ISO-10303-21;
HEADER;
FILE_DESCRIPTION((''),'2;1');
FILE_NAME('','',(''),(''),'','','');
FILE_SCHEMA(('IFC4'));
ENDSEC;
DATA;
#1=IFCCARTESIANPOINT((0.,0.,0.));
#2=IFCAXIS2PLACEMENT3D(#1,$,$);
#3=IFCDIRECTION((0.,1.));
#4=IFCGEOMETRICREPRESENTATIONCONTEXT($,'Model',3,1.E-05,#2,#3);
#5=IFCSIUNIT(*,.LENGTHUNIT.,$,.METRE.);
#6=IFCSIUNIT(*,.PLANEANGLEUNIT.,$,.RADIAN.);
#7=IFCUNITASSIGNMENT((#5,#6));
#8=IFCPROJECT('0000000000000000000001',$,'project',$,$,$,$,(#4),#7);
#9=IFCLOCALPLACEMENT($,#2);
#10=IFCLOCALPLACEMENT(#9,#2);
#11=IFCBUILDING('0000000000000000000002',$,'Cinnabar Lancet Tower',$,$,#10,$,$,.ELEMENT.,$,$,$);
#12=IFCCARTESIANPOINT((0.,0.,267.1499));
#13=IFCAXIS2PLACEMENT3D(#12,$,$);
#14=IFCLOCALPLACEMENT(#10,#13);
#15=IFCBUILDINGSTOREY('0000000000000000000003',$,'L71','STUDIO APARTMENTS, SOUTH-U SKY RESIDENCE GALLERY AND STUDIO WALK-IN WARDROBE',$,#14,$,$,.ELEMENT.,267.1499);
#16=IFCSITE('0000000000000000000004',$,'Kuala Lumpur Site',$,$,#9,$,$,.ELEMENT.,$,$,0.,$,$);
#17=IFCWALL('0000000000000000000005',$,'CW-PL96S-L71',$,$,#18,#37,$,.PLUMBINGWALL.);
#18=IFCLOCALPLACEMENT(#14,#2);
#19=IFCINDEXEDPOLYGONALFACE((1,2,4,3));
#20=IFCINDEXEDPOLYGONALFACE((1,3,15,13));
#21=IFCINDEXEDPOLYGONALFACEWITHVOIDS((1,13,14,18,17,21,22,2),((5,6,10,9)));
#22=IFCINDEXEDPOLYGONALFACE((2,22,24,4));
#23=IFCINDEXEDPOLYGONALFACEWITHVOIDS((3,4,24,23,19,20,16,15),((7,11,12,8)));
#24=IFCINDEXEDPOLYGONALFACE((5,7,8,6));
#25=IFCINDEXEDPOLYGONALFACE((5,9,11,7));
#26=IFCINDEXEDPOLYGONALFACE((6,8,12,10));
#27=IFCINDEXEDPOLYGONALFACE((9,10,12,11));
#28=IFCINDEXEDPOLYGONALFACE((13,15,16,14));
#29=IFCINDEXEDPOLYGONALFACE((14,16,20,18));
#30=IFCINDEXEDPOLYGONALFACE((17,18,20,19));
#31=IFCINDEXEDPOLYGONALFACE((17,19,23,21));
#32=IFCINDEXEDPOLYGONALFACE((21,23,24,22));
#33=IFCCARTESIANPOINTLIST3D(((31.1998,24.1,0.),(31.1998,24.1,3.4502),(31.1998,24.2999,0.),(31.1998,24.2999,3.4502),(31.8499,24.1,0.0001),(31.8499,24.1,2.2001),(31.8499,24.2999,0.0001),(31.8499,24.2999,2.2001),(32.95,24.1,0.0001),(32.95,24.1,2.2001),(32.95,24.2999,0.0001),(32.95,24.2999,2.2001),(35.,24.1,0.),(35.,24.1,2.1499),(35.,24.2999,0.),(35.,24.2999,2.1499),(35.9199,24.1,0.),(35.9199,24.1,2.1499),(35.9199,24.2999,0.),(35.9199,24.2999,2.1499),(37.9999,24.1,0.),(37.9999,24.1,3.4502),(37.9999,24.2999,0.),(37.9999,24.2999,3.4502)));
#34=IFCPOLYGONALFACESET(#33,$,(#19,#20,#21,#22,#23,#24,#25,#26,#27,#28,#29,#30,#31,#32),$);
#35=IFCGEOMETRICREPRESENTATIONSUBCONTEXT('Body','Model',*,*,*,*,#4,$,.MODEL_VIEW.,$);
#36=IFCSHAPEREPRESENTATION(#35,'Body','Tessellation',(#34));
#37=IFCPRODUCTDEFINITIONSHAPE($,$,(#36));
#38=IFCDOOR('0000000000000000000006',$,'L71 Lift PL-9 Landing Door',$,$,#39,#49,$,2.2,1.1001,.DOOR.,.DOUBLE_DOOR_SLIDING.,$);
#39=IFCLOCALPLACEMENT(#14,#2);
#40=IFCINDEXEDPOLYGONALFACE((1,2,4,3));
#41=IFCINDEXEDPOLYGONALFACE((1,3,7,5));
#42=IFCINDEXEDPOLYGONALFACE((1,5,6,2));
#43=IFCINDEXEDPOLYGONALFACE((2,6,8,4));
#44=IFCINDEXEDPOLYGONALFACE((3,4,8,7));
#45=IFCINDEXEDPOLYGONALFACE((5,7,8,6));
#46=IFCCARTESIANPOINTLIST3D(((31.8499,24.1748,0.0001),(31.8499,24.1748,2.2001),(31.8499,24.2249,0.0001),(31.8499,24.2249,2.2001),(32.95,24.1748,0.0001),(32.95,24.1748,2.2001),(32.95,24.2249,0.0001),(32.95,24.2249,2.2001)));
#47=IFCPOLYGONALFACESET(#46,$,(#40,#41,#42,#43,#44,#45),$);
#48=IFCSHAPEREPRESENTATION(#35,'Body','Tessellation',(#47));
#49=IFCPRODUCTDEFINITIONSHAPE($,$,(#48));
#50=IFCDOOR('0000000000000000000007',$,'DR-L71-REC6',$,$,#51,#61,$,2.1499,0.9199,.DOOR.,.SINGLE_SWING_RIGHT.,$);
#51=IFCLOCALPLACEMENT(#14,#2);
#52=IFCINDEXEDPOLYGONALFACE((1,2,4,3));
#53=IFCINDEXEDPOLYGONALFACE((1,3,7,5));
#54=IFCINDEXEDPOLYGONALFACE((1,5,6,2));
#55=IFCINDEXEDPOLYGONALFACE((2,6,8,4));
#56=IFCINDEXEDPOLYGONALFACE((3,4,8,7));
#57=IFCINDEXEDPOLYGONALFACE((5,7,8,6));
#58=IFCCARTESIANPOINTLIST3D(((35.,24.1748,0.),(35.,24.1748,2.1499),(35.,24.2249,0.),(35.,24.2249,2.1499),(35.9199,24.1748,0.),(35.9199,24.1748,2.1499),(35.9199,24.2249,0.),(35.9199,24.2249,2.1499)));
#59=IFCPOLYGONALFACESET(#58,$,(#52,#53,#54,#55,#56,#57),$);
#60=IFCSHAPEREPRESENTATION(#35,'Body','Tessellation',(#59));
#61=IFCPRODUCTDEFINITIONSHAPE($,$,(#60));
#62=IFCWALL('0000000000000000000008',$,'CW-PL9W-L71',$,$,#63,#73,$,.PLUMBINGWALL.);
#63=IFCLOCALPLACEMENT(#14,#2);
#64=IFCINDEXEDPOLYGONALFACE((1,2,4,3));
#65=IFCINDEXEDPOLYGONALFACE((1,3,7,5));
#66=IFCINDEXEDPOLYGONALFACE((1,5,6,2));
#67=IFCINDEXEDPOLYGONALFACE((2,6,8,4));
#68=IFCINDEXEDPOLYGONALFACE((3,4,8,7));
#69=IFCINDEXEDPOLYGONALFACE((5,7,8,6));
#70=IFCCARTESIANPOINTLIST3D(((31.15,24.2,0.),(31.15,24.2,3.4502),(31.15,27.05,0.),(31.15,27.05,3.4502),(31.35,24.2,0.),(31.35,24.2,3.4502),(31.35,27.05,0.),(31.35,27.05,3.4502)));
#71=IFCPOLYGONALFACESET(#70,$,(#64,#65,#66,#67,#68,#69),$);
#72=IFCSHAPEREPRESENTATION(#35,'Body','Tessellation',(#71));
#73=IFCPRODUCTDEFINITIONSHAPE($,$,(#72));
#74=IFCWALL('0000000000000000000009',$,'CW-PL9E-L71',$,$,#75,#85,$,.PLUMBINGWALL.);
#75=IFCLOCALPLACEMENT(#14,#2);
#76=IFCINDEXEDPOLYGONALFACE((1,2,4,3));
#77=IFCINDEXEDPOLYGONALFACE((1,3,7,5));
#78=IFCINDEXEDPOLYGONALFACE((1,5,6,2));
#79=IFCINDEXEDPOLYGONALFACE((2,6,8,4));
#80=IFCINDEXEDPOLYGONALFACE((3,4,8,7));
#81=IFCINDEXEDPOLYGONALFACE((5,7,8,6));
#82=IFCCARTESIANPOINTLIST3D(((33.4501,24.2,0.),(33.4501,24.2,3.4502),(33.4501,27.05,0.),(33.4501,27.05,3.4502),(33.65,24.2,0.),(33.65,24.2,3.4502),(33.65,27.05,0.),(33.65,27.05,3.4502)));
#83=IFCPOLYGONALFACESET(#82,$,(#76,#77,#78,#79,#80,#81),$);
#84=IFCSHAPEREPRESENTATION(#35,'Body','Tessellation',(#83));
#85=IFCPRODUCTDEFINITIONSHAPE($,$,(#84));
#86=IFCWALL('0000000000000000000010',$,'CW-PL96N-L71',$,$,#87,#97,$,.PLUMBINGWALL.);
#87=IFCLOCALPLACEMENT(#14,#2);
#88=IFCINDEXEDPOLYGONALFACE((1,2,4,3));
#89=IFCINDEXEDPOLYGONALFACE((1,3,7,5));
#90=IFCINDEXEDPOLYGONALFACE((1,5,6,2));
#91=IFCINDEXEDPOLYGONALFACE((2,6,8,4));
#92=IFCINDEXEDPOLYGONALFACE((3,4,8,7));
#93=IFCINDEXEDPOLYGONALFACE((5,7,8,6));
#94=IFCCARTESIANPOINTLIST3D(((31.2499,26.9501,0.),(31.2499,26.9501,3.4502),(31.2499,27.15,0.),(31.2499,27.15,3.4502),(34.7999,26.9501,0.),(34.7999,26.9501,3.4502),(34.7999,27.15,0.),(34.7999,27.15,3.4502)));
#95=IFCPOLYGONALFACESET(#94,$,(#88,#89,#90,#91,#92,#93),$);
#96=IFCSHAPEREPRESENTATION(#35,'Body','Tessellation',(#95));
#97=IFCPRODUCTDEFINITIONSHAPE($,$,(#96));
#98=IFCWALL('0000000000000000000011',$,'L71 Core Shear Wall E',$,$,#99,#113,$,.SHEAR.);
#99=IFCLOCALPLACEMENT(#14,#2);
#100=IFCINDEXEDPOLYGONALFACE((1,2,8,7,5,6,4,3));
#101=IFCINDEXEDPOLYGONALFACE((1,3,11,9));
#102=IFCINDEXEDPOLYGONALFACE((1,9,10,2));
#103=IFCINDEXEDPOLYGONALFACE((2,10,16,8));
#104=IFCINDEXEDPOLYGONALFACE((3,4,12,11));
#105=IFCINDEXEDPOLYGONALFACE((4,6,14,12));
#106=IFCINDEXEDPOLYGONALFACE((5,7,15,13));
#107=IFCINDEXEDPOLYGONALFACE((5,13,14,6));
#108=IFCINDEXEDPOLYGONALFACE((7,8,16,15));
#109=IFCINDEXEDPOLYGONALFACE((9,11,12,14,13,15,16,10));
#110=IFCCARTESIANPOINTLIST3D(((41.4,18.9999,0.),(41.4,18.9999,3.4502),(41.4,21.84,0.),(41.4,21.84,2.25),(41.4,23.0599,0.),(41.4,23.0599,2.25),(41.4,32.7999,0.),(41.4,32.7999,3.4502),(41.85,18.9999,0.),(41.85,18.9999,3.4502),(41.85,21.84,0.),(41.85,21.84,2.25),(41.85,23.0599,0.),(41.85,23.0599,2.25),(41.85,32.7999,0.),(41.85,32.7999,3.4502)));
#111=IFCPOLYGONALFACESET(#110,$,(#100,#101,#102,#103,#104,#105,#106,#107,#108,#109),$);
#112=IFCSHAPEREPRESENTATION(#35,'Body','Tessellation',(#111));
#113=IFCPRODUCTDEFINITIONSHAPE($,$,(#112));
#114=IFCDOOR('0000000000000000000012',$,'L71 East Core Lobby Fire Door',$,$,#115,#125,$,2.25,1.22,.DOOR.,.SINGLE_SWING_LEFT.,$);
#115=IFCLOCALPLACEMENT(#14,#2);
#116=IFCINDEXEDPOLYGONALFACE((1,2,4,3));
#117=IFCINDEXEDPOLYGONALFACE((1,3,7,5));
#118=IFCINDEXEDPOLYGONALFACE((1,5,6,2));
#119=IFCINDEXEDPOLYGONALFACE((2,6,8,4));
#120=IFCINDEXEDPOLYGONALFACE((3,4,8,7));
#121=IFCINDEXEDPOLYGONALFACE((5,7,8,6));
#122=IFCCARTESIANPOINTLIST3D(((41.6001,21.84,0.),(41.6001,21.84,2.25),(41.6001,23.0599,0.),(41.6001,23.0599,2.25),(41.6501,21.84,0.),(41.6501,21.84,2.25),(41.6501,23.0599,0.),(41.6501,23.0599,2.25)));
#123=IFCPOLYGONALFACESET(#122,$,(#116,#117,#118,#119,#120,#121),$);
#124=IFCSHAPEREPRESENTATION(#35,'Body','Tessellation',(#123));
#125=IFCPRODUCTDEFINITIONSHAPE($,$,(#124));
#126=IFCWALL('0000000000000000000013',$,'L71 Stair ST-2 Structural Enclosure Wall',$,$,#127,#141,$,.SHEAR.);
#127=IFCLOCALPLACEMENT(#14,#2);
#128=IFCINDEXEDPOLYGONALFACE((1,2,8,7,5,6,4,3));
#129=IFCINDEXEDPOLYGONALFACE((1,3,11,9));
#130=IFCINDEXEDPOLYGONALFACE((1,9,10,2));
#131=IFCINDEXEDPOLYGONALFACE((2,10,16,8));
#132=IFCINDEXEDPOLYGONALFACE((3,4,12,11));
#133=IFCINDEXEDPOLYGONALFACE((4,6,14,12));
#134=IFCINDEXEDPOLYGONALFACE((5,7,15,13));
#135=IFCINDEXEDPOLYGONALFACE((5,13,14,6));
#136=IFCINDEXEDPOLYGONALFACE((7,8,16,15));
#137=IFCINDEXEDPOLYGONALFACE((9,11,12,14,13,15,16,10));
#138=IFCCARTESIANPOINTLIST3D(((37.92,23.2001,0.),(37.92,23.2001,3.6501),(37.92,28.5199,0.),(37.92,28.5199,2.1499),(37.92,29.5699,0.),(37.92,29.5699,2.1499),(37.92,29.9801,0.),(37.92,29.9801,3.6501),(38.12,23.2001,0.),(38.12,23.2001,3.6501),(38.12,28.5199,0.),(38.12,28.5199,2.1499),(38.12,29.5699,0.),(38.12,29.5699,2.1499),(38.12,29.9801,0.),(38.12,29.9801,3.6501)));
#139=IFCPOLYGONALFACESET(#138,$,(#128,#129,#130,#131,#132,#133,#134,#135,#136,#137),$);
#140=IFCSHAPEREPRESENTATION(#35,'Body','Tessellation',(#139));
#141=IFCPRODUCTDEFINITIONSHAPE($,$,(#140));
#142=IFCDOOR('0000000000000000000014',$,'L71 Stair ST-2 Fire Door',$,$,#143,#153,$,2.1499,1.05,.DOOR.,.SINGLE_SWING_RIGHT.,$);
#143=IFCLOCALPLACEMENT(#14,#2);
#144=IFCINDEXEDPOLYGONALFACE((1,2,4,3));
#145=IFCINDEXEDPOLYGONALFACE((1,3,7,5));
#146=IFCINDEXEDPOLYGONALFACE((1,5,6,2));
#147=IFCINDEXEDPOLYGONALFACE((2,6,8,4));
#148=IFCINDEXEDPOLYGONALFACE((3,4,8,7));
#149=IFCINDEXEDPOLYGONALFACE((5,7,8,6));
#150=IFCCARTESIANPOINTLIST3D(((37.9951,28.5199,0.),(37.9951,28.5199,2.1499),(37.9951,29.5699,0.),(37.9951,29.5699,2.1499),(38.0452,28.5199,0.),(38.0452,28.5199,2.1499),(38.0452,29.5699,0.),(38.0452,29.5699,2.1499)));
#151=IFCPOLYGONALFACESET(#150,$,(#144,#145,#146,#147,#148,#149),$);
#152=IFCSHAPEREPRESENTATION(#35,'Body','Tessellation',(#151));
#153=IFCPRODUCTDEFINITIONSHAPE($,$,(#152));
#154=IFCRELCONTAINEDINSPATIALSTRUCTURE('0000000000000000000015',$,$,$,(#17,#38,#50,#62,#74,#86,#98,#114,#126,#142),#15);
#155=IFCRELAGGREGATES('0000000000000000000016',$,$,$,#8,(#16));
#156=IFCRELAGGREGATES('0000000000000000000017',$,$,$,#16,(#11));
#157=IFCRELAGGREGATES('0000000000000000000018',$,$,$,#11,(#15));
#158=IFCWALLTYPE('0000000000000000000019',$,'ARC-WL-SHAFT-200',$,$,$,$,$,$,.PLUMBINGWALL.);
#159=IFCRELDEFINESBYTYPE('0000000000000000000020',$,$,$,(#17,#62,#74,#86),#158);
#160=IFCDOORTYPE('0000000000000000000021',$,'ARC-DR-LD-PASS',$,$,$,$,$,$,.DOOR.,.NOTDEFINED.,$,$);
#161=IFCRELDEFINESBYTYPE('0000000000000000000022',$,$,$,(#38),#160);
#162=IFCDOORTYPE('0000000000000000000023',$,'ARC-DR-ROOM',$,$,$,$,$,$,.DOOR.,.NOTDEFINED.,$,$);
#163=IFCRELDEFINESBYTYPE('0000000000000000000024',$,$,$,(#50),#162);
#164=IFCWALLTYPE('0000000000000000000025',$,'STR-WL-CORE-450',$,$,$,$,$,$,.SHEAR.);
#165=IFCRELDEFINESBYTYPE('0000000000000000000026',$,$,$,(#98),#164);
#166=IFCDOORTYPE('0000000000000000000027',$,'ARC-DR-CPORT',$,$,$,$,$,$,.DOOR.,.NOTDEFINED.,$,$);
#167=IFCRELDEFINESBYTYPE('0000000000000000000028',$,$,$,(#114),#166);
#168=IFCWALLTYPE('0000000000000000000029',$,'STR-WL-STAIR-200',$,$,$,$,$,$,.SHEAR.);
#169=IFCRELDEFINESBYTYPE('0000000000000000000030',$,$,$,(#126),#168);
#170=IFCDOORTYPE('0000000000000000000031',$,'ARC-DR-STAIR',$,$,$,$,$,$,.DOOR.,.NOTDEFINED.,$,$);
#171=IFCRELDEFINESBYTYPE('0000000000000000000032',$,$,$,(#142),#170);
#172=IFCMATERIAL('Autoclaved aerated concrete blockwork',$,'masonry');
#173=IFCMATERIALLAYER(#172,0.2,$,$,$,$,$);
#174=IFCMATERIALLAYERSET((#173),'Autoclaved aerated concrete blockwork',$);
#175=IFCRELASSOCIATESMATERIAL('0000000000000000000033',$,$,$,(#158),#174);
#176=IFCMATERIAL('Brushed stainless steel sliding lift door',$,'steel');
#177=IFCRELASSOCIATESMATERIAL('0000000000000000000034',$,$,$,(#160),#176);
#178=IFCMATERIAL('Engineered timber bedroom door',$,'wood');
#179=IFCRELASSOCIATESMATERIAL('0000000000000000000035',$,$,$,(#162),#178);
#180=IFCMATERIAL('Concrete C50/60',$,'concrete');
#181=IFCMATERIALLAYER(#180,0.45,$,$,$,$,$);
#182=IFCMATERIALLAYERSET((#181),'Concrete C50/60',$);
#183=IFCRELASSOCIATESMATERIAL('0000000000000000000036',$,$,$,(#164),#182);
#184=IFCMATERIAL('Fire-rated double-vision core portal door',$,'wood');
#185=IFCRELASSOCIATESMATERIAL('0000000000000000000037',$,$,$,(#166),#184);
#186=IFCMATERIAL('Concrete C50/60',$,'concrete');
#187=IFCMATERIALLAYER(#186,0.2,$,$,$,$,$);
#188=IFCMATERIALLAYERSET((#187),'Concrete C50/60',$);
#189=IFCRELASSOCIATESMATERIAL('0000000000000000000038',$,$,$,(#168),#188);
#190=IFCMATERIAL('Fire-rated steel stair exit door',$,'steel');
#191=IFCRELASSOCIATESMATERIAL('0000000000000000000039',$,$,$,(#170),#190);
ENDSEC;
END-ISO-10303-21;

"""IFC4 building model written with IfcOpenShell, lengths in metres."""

from ifc_helpers import new_model, si_unit, direction, frame, frame_2d, origin, place, context, subcontext, project, spatial, rectangle, extrude, material, layer, layer_set, type_object, element, fill, save


model = new_model("IFC4")

# Units and contexts
model_context = context("Model", 3, precision=1e-05, world=origin(), true_north=direction((0.0, 1.0)))
body_context = subcontext(model_context, "Body", "Model", "MODEL_VIEW")
ifc_project = project(units=[si_unit("LENGTHUNIT", "METRE"), si_unit("PLANEANGLEUNIT", "RADIAN")], contexts=[model_context])

# Site, building, storey
site_placement = place(None, origin())
site = spatial("IfcSite", under=ifc_project, at=site_placement, Name="Kuala Lumpur Site", CompositionType="ELEMENT", RefElevation=0.0)
building_placement = place(site_placement, origin())
building = spatial("IfcBuilding", under=site, at=building_placement, Name="Cinnabar Lancet Tower", CompositionType="ELEMENT")
storey_placement = place(building_placement, frame((0.0, 0.0, 267.1499)))
storey = spatial("IfcBuildingStorey", under=building, at=storey_placement, Name="L71", Description="STUDIO APARTMENTS, SOUTH-U SKY RESIDENCE GALLERY AND STUDIO WALK-IN WARDROBE", CompositionType="ELEMENT", Elevation=267.1499)

# Shared definitions
ifc_material_1 = material(Name="Autoclaved aerated concrete blockwork", Category="masonry")
ifc_layer_1 = layer(ifc_material_1, 0.2)
ifc_layer_set_1 = layer_set([ifc_layer_1], Name="Autoclaved aerated concrete blockwork")
wall_type_1 = type_object("IfcWallType", Name="ARC-WL-SHAFT-200", PredefinedType="PLUMBINGWALL", material=ifc_layer_set_1)

# Wall, openings, doors
wall_1_placement = place(storey_placement, frame((31.2, 24.2, 0.0), z_axis=(0.0, 0.0, 1.0), x_axis=(1.0, 0.0, 0.0)))
wall_1 = element("IfcWall", 1, at=wall_1_placement, inside=storey, type_object=wall_type_1, Name="CW-PL96S-L71", PredefinedType="PLUMBINGWALL", context=body_context, shape_type="SweptSolid", body=[
    extrude(rectangle(XDim=6.8, YDim=0.2, at=frame_2d((3.3999, 0.0))), origin(), (0.0, 0.0, 1.0), 3.4502),
])
opening_1_placement = place(wall_1_placement, frame((0.6499, 0.0, 0.0)))
opening_1 = element("IfcOpeningElement", 2, at=opening_1_placement, cuts=wall_1, PredefinedType="OPENING", context=body_context, shape_type="SweptSolid", body=[
    extrude(rectangle(XDim=1.1001, YDim=2.2, at=frame_2d((0.55, 1.1001))), frame((0.0, 0.1099, 0.0), z_axis=(0.0, -1.0, 0.0), x_axis=(1.0, 0.0, 0.0)), (0.0, 0.0, 1.0), 0.22),
])
opening_2_placement = place(wall_1_placement, frame((3.8, 0.0, 0.0)))
opening_2 = element("IfcOpeningElement", 3, at=opening_2_placement, cuts=wall_1, PredefinedType="OPENING", context=body_context, shape_type="SweptSolid", body=[
    extrude(rectangle(XDim=0.9199, YDim=2.1499, at=frame_2d((0.46, 1.075))), frame((0.0, 0.1099, 0.0), z_axis=(0.0, -1.0, 0.0), x_axis=(1.0, 0.0, 0.0)), (0.0, 0.0, 1.0), 0.22),
])
ifc_material_2 = material(Name="Brushed stainless steel sliding lift door", Category="steel")
door_type_1 = type_object("IfcDoorType", Name="ARC-DR-LD-PASS", OperationType="NOTDEFINED", PredefinedType="DOOR", material=ifc_material_2)
door_1_placement = place(opening_1_placement, origin())
door_1 = element("IfcDoor", 4, at=door_1_placement, inside=storey, type_object=door_type_1, Name="L71 Lift PL-9 Landing Door", OperationType="DOUBLE_DOOR_SLIDING", OverallHeight=2.2, OverallWidth=1.1001, PredefinedType="DOOR", context=body_context, shape_type="SweptSolid", body=[
    extrude(rectangle(XDim=1.1001, YDim=2.2, at=frame_2d((0.55, 1.1001))), frame((0.0, 0.0249, 0.0), z_axis=(0.0, -1.0, 0.0), x_axis=(1.0, 0.0, 0.0)), (0.0, 0.0, 1.0), 0.05),
])
fill(opening_1, door_1)
ifc_material_3 = material(Name="Engineered timber bedroom door", Category="wood")
door_type_2 = type_object("IfcDoorType", Name="ARC-DR-ROOM", OperationType="NOTDEFINED", PredefinedType="DOOR", material=ifc_material_3)
door_2_placement = place(opening_2_placement, origin())
door_2 = element("IfcDoor", 5, at=door_2_placement, inside=storey, type_object=door_type_2, Name="DR-L71-REC6", OperationType="SINGLE_SWING_RIGHT", OverallHeight=2.1499, OverallWidth=0.9199, PredefinedType="DOOR", context=body_context, shape_type="SweptSolid", body=[
    extrude(rectangle(XDim=0.9199, YDim=2.1499, at=frame_2d((0.46, 1.075))), frame((0.0, 0.0249, 0.0), z_axis=(0.0, -1.0, 0.0), x_axis=(1.0, 0.0, 0.0)), (0.0, 0.0, 1.0), 0.05),
])
fill(opening_2, door_2)

# Walls
for number, where, z_axis, x_axis, name in (
    (6, (31.25, 24.2, 0.0), (0.0, 0.0, 1.0), (0.0, 1.0, 0.0), "CW-PL9W-L71"),
    (7, (33.55, 24.2, 0.0), (0.0, 0.0, 1.0), (0.0, 1.0, 0.0), "CW-PL9E-L71"),
):
    element("IfcWall", number, at=place(storey_placement, frame(where, z_axis=z_axis, x_axis=x_axis)), inside=storey, type_object=wall_type_1, Name=name, PredefinedType="PLUMBINGWALL", context=body_context, shape_type="SweptSolid", body=[
        extrude(rectangle(XDim=2.8501, YDim=0.2, at=frame_2d((1.425, 0.0))), origin(), (0.0, 0.0, 1.0), 3.4502),
    ])
wall_2_placement = place(storey_placement, frame((31.25, 27.05, 0.0), z_axis=(0.0, 0.0, 1.0), x_axis=(1.0, 0.0, 0.0)))
element("IfcWall", 8, at=wall_2_placement, inside=storey, type_object=wall_type_1, Name="CW-PL96N-L71", PredefinedType="PLUMBINGWALL", context=body_context, shape_type="SweptSolid", body=[
    extrude(rectangle(XDim=3.55, YDim=0.2, at=frame_2d((1.7749, 0.0))), origin(), (0.0, 0.0, 1.0), 3.4502),
])

# Walls, openings, doors
ifc_material_4 = material(Name="Concrete C50/60", Category="concrete")
ifc_layer_2 = layer(ifc_material_4, 0.45)
ifc_layer_set_2 = layer_set([ifc_layer_2], Name="Concrete C50/60")
wall_type_2 = type_object("IfcWallType", Name="STR-WL-CORE-450", PredefinedType="SHEAR", material=ifc_layer_set_2)
wall_3_placement = place(storey_placement, frame((41.625, 19.0, 0.0), z_axis=(0.0, 0.0, 1.0), x_axis=(0.0, 1.0, 0.0)))
wall_3 = element("IfcWall", 9, at=wall_3_placement, inside=storey, type_object=wall_type_2, Name="L71 Core Shear Wall E", PredefinedType="SHEAR", context=body_context, shape_type="SweptSolid", body=[
    extrude(rectangle(XDim=13.8, YDim=0.45, at=frame_2d((6.8999, 0.0))), origin(), (0.0, 0.0, 1.0), 3.4502),
])
opening_3_placement = place(wall_3_placement, frame((2.8401, 0.0, 0.0)))
opening_3 = element("IfcOpeningElement", 10, at=opening_3_placement, cuts=wall_3, PredefinedType="OPENING", context=body_context, shape_type="SweptSolid", body=[
    extrude(rectangle(XDim=1.22, YDim=2.25, at=frame_2d((0.6099, 1.125))), frame((0.0, 0.2349, 0.0), z_axis=(0.0, -1.0, 0.0), x_axis=(1.0, 0.0, 0.0)), (0.0, 0.0, 1.0), 0.47),
])
ifc_material_5 = material(Name="Fire-rated double-vision core portal door", Category="wood")
door_type_3 = type_object("IfcDoorType", Name="ARC-DR-CPORT", OperationType="NOTDEFINED", PredefinedType="DOOR", material=ifc_material_5)
door_3_placement = place(opening_3_placement, origin())
door_3 = element("IfcDoor", 11, at=door_3_placement, inside=storey, type_object=door_type_3, Name="L71 East Core Lobby Fire Door", OperationType="SINGLE_SWING_LEFT", OverallHeight=2.25, OverallWidth=1.22, PredefinedType="DOOR", context=body_context, shape_type="SweptSolid", body=[
    extrude(rectangle(XDim=1.22, YDim=2.25, at=frame_2d((0.6099, 1.125))), frame((0.0, 0.0249, 0.0), z_axis=(0.0, -1.0, 0.0), x_axis=(1.0, 0.0, 0.0)), (0.0, 0.0, 1.0), 0.05),
])
fill(opening_3, door_3)
ifc_material_6 = material(Name="Concrete C50/60", Category="concrete")
ifc_layer_3 = layer(ifc_material_6, 0.2)
ifc_layer_set_3 = layer_set([ifc_layer_3], Name="Concrete C50/60")
wall_type_3 = type_object("IfcWallType", Name="STR-WL-STAIR-200", PredefinedType="SHEAR", material=ifc_layer_set_3)
wall_4_placement = place(storey_placement, frame((38.02, 23.2, 0.0), z_axis=(0.0, 0.0, 1.0), x_axis=(0.0, 1.0, 0.0)))
wall_4 = element("IfcWall", 12, at=wall_4_placement, inside=storey, type_object=wall_type_3, Name="L71 Stair ST-2 Structural Enclosure Wall", PredefinedType="SHEAR", context=body_context, shape_type="SweptSolid", body=[
    extrude(rectangle(XDim=6.78, YDim=0.2, at=frame_2d((3.3901, 0.0))), origin(), (0.0, 0.0, 1.0), 3.6501),
])
opening_4_placement = place(wall_4_placement, frame((5.3201, 0.0, 0.0)))
opening_4 = element("IfcOpeningElement", 13, at=opening_4_placement, cuts=wall_4, PredefinedType="OPENING", context=body_context, shape_type="SweptSolid", body=[
    extrude(rectangle(XDim=1.05, YDim=2.1499, at=frame_2d((0.5249, 1.075))), frame((0.0, 0.1099, 0.0), z_axis=(0.0, -1.0, 0.0), x_axis=(1.0, 0.0, 0.0)), (0.0, 0.0, 1.0), 0.22),
])
ifc_material_7 = material(Name="Fire-rated steel stair exit door", Category="steel")
door_type_4 = type_object("IfcDoorType", Name="ARC-DR-STAIR", OperationType="NOTDEFINED", PredefinedType="DOOR", material=ifc_material_7)
door_4_placement = place(opening_4_placement, origin())
door_4 = element("IfcDoor", 14, at=door_4_placement, inside=storey, type_object=door_type_4, Name="L71 Stair ST-2 Fire Door", OperationType="SINGLE_SWING_RIGHT", OverallHeight=2.1499, OverallWidth=1.05, PredefinedType="DOOR", context=body_context, shape_type="SweptSolid", body=[
    extrude(rectangle(XDim=1.05, YDim=2.1499, at=frame_2d((0.5249, 1.075))), frame((0.0, 0.0249, 0.0), z_axis=(0.0, -1.0, 0.0), x_axis=(1.0, 0.0, 0.0)), (0.0, 0.0, 1.0), 0.05),
])
fill(opening_4, door_4)

save(model, "model.ifc")
